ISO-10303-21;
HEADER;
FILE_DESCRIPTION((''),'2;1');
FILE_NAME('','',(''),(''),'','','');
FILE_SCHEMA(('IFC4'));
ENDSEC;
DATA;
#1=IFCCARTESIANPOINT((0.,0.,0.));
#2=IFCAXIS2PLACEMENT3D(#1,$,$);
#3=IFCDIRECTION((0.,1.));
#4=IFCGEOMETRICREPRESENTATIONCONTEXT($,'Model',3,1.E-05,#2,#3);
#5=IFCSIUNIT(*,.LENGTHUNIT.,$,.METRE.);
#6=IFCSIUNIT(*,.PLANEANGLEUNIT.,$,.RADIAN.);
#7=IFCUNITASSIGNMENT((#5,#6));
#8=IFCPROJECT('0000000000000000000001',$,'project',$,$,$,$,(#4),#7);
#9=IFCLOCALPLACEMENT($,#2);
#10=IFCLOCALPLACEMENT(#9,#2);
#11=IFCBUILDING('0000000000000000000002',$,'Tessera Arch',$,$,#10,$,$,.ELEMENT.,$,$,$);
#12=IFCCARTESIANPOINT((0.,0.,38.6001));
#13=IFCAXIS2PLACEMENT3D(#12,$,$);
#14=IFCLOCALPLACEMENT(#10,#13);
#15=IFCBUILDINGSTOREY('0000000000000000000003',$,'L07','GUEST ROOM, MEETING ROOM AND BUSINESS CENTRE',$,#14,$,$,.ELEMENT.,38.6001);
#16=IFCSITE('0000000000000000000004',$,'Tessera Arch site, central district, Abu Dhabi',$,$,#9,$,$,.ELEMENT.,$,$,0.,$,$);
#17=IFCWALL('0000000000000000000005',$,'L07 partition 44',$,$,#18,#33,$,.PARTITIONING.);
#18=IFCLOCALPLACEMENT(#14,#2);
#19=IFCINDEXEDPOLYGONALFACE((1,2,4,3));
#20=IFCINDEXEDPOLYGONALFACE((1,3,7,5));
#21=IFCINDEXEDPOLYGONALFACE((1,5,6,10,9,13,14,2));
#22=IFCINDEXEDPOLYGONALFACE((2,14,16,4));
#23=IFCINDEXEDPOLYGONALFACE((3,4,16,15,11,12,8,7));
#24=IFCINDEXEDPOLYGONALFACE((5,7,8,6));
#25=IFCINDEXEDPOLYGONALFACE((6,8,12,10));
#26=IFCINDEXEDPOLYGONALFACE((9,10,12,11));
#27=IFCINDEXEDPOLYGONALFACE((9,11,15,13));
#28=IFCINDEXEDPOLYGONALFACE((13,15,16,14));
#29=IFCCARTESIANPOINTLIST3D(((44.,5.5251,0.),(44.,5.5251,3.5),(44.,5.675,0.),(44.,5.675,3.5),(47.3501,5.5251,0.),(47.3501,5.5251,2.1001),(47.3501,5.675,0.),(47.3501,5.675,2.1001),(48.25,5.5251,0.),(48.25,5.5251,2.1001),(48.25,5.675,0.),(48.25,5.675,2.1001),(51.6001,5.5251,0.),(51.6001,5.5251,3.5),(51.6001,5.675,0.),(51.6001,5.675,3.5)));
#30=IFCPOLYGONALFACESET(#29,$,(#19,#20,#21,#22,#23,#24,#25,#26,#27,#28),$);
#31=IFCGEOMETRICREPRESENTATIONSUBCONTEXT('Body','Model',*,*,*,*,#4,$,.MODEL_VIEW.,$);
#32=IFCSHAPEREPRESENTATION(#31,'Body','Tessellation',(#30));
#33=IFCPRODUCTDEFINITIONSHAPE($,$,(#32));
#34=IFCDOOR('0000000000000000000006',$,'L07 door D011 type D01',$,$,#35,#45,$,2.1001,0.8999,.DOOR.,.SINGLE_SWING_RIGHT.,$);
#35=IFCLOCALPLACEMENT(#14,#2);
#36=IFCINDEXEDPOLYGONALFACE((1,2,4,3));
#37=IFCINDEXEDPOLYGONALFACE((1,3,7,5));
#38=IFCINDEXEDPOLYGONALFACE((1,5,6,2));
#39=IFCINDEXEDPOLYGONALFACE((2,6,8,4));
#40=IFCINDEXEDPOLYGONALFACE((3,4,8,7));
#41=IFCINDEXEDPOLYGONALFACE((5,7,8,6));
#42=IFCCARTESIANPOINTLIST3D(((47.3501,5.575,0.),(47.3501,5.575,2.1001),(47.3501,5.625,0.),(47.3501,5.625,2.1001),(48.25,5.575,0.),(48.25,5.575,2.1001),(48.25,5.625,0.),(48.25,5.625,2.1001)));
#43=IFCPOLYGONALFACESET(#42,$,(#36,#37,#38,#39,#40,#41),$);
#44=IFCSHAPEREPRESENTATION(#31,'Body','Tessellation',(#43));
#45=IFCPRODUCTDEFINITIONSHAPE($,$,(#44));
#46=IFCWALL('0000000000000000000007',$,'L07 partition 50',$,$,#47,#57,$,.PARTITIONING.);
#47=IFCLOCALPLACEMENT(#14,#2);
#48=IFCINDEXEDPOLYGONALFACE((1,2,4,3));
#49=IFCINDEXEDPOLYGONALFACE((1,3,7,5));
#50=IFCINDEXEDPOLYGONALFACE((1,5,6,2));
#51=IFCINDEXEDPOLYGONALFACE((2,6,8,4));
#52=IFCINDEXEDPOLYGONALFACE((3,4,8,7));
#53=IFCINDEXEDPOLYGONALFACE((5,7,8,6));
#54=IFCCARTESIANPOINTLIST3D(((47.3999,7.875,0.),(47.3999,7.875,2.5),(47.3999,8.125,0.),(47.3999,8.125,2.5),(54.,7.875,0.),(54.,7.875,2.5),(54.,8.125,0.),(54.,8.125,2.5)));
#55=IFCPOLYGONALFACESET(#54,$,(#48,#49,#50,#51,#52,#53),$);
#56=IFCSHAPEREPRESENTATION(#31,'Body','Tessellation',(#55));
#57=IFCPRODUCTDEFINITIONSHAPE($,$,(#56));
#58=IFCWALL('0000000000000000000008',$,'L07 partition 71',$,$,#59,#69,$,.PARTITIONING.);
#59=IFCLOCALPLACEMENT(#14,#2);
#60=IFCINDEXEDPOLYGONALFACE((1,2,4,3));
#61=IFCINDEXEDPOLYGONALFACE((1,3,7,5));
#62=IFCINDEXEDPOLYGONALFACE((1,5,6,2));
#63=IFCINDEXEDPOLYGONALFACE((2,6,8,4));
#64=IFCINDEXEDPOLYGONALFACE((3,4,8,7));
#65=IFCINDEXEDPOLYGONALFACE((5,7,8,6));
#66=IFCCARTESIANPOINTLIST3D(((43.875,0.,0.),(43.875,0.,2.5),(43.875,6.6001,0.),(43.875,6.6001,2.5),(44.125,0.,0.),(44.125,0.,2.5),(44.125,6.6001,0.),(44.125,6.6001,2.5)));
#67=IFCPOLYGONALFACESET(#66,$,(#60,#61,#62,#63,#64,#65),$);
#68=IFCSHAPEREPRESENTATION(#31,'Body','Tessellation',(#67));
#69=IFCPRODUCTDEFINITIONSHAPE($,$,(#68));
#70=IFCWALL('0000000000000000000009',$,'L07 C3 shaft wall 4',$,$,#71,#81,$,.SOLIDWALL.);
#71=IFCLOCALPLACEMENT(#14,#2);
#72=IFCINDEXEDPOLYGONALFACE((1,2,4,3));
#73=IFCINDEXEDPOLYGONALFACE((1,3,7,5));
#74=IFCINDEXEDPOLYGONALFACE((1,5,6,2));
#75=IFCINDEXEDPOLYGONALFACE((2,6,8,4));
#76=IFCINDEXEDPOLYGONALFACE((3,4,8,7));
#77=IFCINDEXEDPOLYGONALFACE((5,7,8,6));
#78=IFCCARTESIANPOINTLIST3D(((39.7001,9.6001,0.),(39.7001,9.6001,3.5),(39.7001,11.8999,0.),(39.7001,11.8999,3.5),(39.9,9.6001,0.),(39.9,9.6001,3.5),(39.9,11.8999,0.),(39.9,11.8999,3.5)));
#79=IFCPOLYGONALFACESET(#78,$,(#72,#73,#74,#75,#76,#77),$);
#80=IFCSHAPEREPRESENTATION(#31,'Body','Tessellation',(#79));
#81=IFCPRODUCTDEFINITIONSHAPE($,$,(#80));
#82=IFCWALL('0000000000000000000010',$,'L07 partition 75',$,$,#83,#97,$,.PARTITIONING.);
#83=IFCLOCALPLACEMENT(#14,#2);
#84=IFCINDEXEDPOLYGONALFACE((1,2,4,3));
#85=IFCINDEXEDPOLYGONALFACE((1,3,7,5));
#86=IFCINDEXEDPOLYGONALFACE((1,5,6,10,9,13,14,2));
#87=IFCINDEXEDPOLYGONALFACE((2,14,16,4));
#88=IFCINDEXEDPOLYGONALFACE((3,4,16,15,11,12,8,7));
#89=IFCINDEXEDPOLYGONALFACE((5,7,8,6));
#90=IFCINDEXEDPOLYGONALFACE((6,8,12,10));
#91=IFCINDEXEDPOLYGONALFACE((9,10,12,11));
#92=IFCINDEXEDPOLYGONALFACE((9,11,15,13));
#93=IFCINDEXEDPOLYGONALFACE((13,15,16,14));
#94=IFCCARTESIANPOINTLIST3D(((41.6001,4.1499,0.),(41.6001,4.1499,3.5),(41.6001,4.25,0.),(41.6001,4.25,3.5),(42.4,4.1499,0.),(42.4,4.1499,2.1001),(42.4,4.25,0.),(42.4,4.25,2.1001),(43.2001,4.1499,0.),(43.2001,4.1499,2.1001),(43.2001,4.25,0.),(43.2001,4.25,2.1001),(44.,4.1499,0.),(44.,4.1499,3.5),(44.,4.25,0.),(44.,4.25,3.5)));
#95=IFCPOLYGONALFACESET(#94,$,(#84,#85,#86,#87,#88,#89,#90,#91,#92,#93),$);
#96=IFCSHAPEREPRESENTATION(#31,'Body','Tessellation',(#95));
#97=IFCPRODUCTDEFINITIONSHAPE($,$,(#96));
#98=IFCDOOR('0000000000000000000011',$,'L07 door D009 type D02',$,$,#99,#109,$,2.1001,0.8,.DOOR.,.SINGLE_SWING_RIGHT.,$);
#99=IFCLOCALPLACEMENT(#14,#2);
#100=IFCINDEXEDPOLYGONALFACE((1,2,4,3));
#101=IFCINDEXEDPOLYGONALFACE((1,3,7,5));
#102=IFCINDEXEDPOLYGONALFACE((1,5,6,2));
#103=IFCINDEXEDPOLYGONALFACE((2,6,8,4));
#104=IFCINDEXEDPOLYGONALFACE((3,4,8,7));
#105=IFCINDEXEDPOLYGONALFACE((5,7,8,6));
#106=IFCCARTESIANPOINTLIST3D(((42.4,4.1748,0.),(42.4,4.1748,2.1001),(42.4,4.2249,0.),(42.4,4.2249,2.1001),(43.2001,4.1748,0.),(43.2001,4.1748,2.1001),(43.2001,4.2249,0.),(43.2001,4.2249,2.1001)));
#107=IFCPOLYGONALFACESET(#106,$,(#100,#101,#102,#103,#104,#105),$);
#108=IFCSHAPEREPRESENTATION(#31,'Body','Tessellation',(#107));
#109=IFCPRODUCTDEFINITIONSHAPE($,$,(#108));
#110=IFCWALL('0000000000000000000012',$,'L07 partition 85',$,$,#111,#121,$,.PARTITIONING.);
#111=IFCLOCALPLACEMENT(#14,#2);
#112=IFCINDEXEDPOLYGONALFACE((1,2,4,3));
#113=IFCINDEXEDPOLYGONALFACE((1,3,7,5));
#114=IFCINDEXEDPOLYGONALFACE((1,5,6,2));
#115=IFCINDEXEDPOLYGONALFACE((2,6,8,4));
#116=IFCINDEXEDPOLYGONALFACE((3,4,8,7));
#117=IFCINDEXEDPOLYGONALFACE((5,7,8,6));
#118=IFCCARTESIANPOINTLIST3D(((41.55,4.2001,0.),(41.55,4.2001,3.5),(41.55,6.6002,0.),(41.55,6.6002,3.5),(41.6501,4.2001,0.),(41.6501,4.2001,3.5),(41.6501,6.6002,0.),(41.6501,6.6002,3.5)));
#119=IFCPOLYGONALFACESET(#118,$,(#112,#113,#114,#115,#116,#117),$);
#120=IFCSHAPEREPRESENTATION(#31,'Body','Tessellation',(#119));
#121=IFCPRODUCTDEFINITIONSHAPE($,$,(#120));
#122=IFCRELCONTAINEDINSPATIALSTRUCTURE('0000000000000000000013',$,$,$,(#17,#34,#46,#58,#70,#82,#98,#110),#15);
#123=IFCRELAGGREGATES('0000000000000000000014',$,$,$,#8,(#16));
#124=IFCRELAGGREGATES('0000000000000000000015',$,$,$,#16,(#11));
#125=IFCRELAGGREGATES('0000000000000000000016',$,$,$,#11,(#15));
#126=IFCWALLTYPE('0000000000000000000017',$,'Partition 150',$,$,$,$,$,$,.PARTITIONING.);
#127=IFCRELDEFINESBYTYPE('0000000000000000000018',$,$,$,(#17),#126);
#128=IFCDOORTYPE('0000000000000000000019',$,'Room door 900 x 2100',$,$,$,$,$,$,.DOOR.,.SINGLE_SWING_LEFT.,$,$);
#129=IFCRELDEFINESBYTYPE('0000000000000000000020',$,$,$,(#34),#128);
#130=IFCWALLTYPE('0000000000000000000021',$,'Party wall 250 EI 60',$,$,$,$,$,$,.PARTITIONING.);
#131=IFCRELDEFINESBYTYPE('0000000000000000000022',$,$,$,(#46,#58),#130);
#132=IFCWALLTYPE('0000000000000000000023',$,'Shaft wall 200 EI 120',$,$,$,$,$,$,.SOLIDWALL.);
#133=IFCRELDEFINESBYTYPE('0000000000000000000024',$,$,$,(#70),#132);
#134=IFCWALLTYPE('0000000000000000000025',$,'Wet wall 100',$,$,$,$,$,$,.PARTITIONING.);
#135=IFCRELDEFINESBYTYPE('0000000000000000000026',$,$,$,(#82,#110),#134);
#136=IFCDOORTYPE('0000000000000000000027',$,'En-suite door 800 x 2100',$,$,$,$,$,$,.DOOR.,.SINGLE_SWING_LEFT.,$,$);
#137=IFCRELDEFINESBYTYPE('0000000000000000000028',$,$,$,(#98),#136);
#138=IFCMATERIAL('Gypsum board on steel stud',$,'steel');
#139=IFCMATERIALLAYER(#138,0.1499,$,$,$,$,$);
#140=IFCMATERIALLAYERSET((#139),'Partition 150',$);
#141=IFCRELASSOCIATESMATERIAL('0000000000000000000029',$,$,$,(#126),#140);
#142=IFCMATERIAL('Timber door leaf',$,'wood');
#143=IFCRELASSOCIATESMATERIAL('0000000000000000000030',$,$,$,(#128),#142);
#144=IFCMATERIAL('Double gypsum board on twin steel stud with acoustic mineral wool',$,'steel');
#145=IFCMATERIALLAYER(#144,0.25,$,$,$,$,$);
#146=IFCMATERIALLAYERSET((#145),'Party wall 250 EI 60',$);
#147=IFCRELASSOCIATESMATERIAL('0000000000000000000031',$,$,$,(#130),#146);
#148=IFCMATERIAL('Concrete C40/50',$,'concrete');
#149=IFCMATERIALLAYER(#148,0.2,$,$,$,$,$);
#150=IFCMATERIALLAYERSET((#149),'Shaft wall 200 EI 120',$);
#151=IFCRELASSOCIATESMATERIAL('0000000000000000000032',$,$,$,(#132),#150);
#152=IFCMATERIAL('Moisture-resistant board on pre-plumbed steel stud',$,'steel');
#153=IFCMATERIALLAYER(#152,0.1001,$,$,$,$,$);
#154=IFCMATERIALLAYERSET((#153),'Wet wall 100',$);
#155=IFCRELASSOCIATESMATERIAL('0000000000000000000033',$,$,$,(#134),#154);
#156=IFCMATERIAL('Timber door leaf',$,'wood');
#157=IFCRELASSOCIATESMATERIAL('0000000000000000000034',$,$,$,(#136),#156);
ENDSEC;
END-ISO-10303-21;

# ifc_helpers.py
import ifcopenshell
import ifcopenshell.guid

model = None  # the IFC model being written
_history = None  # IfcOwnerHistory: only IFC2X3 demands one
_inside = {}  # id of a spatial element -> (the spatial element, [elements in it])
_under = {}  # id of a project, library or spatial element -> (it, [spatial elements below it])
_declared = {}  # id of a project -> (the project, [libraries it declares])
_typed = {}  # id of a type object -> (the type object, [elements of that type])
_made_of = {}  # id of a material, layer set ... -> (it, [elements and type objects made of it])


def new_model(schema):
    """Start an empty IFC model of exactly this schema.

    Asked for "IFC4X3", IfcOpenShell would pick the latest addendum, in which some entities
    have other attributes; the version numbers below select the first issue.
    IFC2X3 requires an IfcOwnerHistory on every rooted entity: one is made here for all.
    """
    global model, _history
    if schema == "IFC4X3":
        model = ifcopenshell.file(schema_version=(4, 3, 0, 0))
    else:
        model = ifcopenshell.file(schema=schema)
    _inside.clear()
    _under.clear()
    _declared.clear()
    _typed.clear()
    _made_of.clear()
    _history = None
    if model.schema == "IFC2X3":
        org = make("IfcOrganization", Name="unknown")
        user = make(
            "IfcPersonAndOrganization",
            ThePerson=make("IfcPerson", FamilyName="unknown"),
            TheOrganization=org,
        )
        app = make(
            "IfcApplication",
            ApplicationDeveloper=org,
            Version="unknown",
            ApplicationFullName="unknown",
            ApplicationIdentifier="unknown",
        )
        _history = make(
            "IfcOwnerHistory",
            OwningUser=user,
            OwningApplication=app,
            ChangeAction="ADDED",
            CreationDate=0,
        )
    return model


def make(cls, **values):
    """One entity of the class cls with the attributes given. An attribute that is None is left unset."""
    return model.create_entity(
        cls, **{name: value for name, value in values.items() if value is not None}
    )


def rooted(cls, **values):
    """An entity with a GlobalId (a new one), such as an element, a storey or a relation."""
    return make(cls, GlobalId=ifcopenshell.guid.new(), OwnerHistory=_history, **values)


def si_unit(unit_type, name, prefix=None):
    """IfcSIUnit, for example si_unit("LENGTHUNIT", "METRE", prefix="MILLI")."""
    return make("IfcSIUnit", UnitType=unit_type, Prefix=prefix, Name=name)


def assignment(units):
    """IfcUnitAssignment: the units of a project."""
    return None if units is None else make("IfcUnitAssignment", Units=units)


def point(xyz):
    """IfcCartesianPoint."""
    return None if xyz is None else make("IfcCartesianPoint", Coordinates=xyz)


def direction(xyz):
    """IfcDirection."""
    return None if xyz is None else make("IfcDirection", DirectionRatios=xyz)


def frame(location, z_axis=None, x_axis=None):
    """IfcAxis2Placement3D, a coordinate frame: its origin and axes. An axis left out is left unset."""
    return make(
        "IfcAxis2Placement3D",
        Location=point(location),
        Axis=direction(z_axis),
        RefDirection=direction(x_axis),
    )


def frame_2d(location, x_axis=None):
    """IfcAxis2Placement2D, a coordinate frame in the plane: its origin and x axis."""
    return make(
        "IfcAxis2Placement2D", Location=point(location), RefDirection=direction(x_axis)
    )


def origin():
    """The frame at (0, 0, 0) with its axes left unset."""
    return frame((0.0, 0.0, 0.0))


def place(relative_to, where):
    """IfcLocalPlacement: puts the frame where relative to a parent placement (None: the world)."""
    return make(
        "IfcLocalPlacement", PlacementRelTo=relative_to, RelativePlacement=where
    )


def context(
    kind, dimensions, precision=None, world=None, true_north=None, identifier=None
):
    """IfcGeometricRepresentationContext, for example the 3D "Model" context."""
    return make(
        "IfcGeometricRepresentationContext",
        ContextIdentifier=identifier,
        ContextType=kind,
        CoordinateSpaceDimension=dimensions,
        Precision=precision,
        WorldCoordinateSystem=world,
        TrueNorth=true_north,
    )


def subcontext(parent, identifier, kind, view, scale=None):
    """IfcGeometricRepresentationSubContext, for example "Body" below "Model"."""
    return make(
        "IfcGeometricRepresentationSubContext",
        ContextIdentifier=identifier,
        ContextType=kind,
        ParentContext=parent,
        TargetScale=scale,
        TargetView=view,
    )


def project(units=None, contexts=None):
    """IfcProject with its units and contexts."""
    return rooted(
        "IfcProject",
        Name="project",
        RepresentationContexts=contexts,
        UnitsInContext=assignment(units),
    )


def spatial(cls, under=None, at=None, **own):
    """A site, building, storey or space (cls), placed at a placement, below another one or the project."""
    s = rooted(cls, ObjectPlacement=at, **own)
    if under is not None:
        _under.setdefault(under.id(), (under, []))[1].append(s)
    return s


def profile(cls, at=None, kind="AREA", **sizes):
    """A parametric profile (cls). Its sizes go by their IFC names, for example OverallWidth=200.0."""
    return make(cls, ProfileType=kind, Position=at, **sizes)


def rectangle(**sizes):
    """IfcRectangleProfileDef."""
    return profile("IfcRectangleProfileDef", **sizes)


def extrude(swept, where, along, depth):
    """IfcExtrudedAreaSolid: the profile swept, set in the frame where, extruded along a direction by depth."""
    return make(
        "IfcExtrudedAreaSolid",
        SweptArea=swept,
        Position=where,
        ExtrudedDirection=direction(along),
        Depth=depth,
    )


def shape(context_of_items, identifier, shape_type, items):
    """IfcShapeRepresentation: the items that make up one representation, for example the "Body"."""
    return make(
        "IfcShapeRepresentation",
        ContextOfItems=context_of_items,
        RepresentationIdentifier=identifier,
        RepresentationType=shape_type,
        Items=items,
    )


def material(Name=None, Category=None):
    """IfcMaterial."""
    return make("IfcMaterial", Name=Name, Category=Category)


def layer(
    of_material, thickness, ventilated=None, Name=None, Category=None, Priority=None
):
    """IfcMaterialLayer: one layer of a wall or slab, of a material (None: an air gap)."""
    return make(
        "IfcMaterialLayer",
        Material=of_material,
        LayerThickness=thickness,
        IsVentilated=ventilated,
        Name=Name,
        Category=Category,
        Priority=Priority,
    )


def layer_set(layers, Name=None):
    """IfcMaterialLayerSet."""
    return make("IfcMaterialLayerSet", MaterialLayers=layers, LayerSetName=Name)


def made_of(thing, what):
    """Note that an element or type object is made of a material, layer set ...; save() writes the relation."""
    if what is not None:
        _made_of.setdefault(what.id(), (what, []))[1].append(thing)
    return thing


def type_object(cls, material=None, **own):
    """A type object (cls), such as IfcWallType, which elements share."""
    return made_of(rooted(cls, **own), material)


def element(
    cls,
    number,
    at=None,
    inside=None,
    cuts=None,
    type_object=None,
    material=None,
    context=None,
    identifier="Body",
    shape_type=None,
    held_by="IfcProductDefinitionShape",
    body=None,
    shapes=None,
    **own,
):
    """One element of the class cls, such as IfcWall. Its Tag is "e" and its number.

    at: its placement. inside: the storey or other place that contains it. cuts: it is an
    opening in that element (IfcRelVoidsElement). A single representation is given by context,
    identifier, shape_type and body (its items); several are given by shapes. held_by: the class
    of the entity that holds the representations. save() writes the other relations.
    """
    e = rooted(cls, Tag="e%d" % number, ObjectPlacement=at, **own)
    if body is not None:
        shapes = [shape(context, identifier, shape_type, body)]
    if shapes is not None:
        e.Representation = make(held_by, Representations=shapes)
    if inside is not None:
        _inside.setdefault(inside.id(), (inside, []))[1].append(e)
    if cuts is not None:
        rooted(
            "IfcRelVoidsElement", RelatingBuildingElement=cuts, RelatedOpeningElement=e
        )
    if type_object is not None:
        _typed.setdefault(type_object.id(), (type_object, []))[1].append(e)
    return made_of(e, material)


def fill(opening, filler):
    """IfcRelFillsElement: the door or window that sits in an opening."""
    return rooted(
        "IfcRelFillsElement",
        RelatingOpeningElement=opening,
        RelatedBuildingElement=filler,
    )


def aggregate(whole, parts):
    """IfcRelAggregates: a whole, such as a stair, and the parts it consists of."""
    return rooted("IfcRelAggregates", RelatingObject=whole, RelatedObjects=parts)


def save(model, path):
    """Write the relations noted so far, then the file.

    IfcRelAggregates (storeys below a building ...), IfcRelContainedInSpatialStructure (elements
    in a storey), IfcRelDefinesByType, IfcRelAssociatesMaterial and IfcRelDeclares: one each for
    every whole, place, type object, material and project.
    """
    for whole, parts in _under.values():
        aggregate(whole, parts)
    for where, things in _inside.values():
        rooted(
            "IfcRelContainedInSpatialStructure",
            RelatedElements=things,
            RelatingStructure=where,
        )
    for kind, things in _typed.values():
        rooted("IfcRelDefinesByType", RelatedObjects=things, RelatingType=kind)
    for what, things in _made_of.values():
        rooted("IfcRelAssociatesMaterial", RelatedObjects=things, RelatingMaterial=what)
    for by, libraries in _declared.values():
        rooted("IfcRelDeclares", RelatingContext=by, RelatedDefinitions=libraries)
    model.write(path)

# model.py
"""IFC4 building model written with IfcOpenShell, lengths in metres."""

from ifc_helpers import new_model, si_unit, direction, frame, frame_2d, origin, place, context, subcontext, project, spatial, rectangle, extrude, material, layer, layer_set, type_object, element, fill, save


model = new_model("IFC4")

# Units and contexts
model_context = context("Model", 3, precision=1e-05, world=origin(), true_north=direction((0.0, 1.0)))
body_context = subcontext(model_context, "Body", "Model", "MODEL_VIEW")
ifc_project = project(units=[si_unit("LENGTHUNIT", "METRE"), si_unit("PLANEANGLEUNIT", "RADIAN")], contexts=[model_context])

# Site, building, storey
site_placement = place(None, origin())
site = spatial("IfcSite", under=ifc_project, at=site_placement, Name="Tessera Arch site, central district, Abu Dhabi", CompositionType="ELEMENT", RefElevation=0.0)
building_placement = place(site_placement, origin())
building = spatial("IfcBuilding", under=site, at=building_placement, Name="Tessera Arch", CompositionType="ELEMENT")
storey_placement = place(building_placement, frame((0.0, 0.0, 38.6001)))
storey = spatial("IfcBuildingStorey", under=building, at=storey_placement, Name="L07", Description="GUEST ROOM, MEETING ROOM AND BUSINESS CENTRE", CompositionType="ELEMENT", Elevation=38.6001)

# Wall, opening, door
ifc_material_1 = material(Name="Gypsum board on steel stud", Category="steel")
ifc_layer_1 = layer(ifc_material_1, 0.1499)
ifc_layer_set_1 = layer_set([ifc_layer_1], Name="Partition 150")
wall_type_1 = type_object("IfcWallType", Name="Partition 150", PredefinedType="PARTITIONING", material=ifc_layer_set_1)
wall_1_placement = place(storey_placement, frame((44.0, 5.6001, 0.0), z_axis=(0.0, 0.0, 1.0), x_axis=(1.0, 0.0, 0.0)))
wall_1 = element("IfcWall", 1, at=wall_1_placement, inside=storey, type_object=wall_type_1, Name="L07 partition 44", PredefinedType="PARTITIONING", context=body_context, shape_type="SweptSolid", body=[
    extrude(rectangle(XDim=7.6001, YDim=0.1499, at=frame_2d((3.8, 0.0))), origin(), (0.0, 0.0, 1.0), 3.5),
])
opening_1_placement = place(wall_1_placement, frame((3.3501, 0.0, 0.0)))
opening_1 = element("IfcOpeningElement", 2, at=opening_1_placement, cuts=wall_1, PredefinedType="OPENING", context=body_context, shape_type="SweptSolid", body=[
    extrude(rectangle(XDim=0.8999, YDim=2.1001, at=frame_2d((0.45, 1.05))), frame((0.0, 0.085, 0.0), z_axis=(0.0, -1.0, 0.0), x_axis=(1.0, 0.0, 0.0)), (0.0, 0.0, 1.0), 0.1699),
])
ifc_material_2 = material(Name="Timber door leaf", Category="wood")
door_type_1 = type_object("IfcDoorType", Name="Room door 900 x 2100", OperationType="SINGLE_SWING_LEFT", PredefinedType="DOOR", material=ifc_material_2)
door_1_placement = place(opening_1_placement, origin())
door_1 = element("IfcDoor", 3, at=door_1_placement, inside=storey, type_object=door_type_1, Name="L07 door D011 type D01", OperationType="SINGLE_SWING_RIGHT", OverallHeight=2.1001, OverallWidth=0.8999, PredefinedType="DOOR", context=body_context, shape_type="SweptSolid", body=[
    extrude(rectangle(XDim=0.8999, YDim=2.1001, at=frame_2d((0.45, 1.05))), frame((0.0, 0.0249, 0.0), z_axis=(0.0, -1.0, 0.0), x_axis=(1.0, 0.0, 0.0)), (0.0, 0.0, 1.0), 0.05),
])
fill(opening_1, door_1)

# Walls
ifc_material_3 = material(Name="Double gypsum board on twin steel stud with acoustic mineral wool", Category="steel")
ifc_layer_2 = layer(ifc_material_3, 0.25)
ifc_layer_set_2 = layer_set([ifc_layer_2], Name="Party wall 250 EI 60")
wall_type_2 = type_object("IfcWallType", Name="Party wall 250 EI 60", PredefinedType="PARTITIONING", material=ifc_layer_set_2)
for number, where, z_axis, x_axis, name in (
    (4, (47.3999, 8.0, 0.0), (0.0, 0.0, 1.0), (1.0, 0.0, 0.0), "L07 partition 50"),
    (5, (44.0, 0.0, 0.0), (0.0, 0.0, 1.0), (0.0, 1.0, 0.0), "L07 partition 71"),
):
    element("IfcWall", number, at=place(storey_placement, frame(where, z_axis=z_axis, x_axis=x_axis)), inside=storey, type_object=wall_type_2, Name=name, PredefinedType="PARTITIONING", context=body_context, shape_type="SweptSolid", body=[
        extrude(rectangle(XDim=6.6001, YDim=0.25, at=frame_2d((3.3, 0.0))), origin(), (0.0, 0.0, 1.0), 2.5),
    ])
ifc_material_4 = material(Name="Concrete C40/50", Category="concrete")
ifc_layer_3 = layer(ifc_material_4, 0.2)
ifc_layer_set_3 = layer_set([ifc_layer_3], Name="Shaft wall 200 EI 120")
wall_type_3 = type_object("IfcWallType", Name="Shaft wall 200 EI 120", PredefinedType="SOLIDWALL", material=ifc_layer_set_3)
wall_2_placement = place(storey_placement, frame((39.8, 9.6001, 0.0), z_axis=(0.0, 0.0, 1.0), x_axis=(0.0, 1.0, 0.0)))
element("IfcWall", 6, at=wall_2_placement, inside=storey, type_object=wall_type_3, Name="L07 C3 shaft wall 4", PredefinedType="SOLIDWALL", context=body_context, shape_type="SweptSolid", body=[
    extrude(rectangle(XDim=2.2998, YDim=0.2, at=frame_2d((1.1499, 0.0))), origin(), (0.0, 0.0, 1.0), 3.5),
])

# Wall, opening, door
ifc_material_5 = material(Name="Moisture-resistant board on pre-plumbed steel stud", Category="steel")
ifc_layer_4 = layer(ifc_material_5, 0.1001)
ifc_layer_set_4 = layer_set([ifc_layer_4], Name="Wet wall 100")
wall_type_4 = type_object("IfcWallType", Name="Wet wall 100", PredefinedType="PARTITIONING", material=ifc_layer_set_4)
wall_3_placement = place(storey_placement, frame((41.6001, 4.2, 0.0), z_axis=(0.0, 0.0, 1.0), x_axis=(1.0, 0.0, 0.0)))
wall_3 = element("IfcWall", 7, at=wall_3_placement, inside=storey, type_object=wall_type_4, Name="L07 partition 75", PredefinedType="PARTITIONING", context=body_context, shape_type="SweptSolid", body=[
    extrude(rectangle(XDim=2.3999, YDim=0.1001, at=frame_2d((1.2, 0.0))), origin(), (0.0, 0.0, 1.0), 3.5),
])
opening_2_placement = place(wall_3_placement, frame((0.8, 0.0, 0.0)))
opening_2 = element("IfcOpeningElement", 8, at=opening_2_placement, cuts=wall_3, PredefinedType="OPENING", context=body_context, shape_type="SweptSolid", body=[
    extrude(rectangle(XDim=0.8, YDim=2.1001, at=frame_2d((0.3999, 1.05))), frame((0.0, 0.0601, 0.0), z_axis=(0.0, -1.0, 0.0), x_axis=(1.0, 0.0, 0.0)), (0.0, 0.0, 1.0), 0.1201),
])
ifc_material_6 = material(Name="Timber door leaf", Category="wood")
door_type_2 = type_object("IfcDoorType", Name="En-suite door 800 x 2100", OperationType="SINGLE_SWING_LEFT", PredefinedType="DOOR", material=ifc_material_6)
door_2_placement = place(opening_2_placement, origin())
door_2 = element("IfcDoor", 9, at=door_2_placement, inside=storey, type_object=door_type_2, Name="L07 door D009 type D02", OperationType="SINGLE_SWING_RIGHT", OverallHeight=2.1001, OverallWidth=0.8, PredefinedType="DOOR", context=body_context, shape_type="SweptSolid", body=[
    extrude(rectangle(XDim=0.8, YDim=2.1001, at=frame_2d((0.3999, 1.05))), frame((0.0, 0.0249, 0.0), z_axis=(0.0, -1.0, 0.0), x_axis=(1.0, 0.0, 0.0)), (0.0, 0.0, 1.0), 0.05),
])
fill(opening_2, door_2)

# Wall
wall_4_placement = place(storey_placement, frame((41.6001, 4.2, 0.0), z_axis=(0.0, 0.0, 1.0), x_axis=(0.0, 1.0, 0.0)))
element("IfcWall", 10, at=wall_4_placement, inside=storey, type_object=wall_type_4, Name="L07 partition 85", PredefinedType="PARTITIONING", context=body_context, shape_type="SweptSolid", body=[
    extrude(rectangle(XDim=2.4001, YDim=0.1001, at=frame_2d((1.2002, 0.0))), origin(), (0.0, 0.0, 1.0), 3.5),
])

save(model, "model.ifc")
